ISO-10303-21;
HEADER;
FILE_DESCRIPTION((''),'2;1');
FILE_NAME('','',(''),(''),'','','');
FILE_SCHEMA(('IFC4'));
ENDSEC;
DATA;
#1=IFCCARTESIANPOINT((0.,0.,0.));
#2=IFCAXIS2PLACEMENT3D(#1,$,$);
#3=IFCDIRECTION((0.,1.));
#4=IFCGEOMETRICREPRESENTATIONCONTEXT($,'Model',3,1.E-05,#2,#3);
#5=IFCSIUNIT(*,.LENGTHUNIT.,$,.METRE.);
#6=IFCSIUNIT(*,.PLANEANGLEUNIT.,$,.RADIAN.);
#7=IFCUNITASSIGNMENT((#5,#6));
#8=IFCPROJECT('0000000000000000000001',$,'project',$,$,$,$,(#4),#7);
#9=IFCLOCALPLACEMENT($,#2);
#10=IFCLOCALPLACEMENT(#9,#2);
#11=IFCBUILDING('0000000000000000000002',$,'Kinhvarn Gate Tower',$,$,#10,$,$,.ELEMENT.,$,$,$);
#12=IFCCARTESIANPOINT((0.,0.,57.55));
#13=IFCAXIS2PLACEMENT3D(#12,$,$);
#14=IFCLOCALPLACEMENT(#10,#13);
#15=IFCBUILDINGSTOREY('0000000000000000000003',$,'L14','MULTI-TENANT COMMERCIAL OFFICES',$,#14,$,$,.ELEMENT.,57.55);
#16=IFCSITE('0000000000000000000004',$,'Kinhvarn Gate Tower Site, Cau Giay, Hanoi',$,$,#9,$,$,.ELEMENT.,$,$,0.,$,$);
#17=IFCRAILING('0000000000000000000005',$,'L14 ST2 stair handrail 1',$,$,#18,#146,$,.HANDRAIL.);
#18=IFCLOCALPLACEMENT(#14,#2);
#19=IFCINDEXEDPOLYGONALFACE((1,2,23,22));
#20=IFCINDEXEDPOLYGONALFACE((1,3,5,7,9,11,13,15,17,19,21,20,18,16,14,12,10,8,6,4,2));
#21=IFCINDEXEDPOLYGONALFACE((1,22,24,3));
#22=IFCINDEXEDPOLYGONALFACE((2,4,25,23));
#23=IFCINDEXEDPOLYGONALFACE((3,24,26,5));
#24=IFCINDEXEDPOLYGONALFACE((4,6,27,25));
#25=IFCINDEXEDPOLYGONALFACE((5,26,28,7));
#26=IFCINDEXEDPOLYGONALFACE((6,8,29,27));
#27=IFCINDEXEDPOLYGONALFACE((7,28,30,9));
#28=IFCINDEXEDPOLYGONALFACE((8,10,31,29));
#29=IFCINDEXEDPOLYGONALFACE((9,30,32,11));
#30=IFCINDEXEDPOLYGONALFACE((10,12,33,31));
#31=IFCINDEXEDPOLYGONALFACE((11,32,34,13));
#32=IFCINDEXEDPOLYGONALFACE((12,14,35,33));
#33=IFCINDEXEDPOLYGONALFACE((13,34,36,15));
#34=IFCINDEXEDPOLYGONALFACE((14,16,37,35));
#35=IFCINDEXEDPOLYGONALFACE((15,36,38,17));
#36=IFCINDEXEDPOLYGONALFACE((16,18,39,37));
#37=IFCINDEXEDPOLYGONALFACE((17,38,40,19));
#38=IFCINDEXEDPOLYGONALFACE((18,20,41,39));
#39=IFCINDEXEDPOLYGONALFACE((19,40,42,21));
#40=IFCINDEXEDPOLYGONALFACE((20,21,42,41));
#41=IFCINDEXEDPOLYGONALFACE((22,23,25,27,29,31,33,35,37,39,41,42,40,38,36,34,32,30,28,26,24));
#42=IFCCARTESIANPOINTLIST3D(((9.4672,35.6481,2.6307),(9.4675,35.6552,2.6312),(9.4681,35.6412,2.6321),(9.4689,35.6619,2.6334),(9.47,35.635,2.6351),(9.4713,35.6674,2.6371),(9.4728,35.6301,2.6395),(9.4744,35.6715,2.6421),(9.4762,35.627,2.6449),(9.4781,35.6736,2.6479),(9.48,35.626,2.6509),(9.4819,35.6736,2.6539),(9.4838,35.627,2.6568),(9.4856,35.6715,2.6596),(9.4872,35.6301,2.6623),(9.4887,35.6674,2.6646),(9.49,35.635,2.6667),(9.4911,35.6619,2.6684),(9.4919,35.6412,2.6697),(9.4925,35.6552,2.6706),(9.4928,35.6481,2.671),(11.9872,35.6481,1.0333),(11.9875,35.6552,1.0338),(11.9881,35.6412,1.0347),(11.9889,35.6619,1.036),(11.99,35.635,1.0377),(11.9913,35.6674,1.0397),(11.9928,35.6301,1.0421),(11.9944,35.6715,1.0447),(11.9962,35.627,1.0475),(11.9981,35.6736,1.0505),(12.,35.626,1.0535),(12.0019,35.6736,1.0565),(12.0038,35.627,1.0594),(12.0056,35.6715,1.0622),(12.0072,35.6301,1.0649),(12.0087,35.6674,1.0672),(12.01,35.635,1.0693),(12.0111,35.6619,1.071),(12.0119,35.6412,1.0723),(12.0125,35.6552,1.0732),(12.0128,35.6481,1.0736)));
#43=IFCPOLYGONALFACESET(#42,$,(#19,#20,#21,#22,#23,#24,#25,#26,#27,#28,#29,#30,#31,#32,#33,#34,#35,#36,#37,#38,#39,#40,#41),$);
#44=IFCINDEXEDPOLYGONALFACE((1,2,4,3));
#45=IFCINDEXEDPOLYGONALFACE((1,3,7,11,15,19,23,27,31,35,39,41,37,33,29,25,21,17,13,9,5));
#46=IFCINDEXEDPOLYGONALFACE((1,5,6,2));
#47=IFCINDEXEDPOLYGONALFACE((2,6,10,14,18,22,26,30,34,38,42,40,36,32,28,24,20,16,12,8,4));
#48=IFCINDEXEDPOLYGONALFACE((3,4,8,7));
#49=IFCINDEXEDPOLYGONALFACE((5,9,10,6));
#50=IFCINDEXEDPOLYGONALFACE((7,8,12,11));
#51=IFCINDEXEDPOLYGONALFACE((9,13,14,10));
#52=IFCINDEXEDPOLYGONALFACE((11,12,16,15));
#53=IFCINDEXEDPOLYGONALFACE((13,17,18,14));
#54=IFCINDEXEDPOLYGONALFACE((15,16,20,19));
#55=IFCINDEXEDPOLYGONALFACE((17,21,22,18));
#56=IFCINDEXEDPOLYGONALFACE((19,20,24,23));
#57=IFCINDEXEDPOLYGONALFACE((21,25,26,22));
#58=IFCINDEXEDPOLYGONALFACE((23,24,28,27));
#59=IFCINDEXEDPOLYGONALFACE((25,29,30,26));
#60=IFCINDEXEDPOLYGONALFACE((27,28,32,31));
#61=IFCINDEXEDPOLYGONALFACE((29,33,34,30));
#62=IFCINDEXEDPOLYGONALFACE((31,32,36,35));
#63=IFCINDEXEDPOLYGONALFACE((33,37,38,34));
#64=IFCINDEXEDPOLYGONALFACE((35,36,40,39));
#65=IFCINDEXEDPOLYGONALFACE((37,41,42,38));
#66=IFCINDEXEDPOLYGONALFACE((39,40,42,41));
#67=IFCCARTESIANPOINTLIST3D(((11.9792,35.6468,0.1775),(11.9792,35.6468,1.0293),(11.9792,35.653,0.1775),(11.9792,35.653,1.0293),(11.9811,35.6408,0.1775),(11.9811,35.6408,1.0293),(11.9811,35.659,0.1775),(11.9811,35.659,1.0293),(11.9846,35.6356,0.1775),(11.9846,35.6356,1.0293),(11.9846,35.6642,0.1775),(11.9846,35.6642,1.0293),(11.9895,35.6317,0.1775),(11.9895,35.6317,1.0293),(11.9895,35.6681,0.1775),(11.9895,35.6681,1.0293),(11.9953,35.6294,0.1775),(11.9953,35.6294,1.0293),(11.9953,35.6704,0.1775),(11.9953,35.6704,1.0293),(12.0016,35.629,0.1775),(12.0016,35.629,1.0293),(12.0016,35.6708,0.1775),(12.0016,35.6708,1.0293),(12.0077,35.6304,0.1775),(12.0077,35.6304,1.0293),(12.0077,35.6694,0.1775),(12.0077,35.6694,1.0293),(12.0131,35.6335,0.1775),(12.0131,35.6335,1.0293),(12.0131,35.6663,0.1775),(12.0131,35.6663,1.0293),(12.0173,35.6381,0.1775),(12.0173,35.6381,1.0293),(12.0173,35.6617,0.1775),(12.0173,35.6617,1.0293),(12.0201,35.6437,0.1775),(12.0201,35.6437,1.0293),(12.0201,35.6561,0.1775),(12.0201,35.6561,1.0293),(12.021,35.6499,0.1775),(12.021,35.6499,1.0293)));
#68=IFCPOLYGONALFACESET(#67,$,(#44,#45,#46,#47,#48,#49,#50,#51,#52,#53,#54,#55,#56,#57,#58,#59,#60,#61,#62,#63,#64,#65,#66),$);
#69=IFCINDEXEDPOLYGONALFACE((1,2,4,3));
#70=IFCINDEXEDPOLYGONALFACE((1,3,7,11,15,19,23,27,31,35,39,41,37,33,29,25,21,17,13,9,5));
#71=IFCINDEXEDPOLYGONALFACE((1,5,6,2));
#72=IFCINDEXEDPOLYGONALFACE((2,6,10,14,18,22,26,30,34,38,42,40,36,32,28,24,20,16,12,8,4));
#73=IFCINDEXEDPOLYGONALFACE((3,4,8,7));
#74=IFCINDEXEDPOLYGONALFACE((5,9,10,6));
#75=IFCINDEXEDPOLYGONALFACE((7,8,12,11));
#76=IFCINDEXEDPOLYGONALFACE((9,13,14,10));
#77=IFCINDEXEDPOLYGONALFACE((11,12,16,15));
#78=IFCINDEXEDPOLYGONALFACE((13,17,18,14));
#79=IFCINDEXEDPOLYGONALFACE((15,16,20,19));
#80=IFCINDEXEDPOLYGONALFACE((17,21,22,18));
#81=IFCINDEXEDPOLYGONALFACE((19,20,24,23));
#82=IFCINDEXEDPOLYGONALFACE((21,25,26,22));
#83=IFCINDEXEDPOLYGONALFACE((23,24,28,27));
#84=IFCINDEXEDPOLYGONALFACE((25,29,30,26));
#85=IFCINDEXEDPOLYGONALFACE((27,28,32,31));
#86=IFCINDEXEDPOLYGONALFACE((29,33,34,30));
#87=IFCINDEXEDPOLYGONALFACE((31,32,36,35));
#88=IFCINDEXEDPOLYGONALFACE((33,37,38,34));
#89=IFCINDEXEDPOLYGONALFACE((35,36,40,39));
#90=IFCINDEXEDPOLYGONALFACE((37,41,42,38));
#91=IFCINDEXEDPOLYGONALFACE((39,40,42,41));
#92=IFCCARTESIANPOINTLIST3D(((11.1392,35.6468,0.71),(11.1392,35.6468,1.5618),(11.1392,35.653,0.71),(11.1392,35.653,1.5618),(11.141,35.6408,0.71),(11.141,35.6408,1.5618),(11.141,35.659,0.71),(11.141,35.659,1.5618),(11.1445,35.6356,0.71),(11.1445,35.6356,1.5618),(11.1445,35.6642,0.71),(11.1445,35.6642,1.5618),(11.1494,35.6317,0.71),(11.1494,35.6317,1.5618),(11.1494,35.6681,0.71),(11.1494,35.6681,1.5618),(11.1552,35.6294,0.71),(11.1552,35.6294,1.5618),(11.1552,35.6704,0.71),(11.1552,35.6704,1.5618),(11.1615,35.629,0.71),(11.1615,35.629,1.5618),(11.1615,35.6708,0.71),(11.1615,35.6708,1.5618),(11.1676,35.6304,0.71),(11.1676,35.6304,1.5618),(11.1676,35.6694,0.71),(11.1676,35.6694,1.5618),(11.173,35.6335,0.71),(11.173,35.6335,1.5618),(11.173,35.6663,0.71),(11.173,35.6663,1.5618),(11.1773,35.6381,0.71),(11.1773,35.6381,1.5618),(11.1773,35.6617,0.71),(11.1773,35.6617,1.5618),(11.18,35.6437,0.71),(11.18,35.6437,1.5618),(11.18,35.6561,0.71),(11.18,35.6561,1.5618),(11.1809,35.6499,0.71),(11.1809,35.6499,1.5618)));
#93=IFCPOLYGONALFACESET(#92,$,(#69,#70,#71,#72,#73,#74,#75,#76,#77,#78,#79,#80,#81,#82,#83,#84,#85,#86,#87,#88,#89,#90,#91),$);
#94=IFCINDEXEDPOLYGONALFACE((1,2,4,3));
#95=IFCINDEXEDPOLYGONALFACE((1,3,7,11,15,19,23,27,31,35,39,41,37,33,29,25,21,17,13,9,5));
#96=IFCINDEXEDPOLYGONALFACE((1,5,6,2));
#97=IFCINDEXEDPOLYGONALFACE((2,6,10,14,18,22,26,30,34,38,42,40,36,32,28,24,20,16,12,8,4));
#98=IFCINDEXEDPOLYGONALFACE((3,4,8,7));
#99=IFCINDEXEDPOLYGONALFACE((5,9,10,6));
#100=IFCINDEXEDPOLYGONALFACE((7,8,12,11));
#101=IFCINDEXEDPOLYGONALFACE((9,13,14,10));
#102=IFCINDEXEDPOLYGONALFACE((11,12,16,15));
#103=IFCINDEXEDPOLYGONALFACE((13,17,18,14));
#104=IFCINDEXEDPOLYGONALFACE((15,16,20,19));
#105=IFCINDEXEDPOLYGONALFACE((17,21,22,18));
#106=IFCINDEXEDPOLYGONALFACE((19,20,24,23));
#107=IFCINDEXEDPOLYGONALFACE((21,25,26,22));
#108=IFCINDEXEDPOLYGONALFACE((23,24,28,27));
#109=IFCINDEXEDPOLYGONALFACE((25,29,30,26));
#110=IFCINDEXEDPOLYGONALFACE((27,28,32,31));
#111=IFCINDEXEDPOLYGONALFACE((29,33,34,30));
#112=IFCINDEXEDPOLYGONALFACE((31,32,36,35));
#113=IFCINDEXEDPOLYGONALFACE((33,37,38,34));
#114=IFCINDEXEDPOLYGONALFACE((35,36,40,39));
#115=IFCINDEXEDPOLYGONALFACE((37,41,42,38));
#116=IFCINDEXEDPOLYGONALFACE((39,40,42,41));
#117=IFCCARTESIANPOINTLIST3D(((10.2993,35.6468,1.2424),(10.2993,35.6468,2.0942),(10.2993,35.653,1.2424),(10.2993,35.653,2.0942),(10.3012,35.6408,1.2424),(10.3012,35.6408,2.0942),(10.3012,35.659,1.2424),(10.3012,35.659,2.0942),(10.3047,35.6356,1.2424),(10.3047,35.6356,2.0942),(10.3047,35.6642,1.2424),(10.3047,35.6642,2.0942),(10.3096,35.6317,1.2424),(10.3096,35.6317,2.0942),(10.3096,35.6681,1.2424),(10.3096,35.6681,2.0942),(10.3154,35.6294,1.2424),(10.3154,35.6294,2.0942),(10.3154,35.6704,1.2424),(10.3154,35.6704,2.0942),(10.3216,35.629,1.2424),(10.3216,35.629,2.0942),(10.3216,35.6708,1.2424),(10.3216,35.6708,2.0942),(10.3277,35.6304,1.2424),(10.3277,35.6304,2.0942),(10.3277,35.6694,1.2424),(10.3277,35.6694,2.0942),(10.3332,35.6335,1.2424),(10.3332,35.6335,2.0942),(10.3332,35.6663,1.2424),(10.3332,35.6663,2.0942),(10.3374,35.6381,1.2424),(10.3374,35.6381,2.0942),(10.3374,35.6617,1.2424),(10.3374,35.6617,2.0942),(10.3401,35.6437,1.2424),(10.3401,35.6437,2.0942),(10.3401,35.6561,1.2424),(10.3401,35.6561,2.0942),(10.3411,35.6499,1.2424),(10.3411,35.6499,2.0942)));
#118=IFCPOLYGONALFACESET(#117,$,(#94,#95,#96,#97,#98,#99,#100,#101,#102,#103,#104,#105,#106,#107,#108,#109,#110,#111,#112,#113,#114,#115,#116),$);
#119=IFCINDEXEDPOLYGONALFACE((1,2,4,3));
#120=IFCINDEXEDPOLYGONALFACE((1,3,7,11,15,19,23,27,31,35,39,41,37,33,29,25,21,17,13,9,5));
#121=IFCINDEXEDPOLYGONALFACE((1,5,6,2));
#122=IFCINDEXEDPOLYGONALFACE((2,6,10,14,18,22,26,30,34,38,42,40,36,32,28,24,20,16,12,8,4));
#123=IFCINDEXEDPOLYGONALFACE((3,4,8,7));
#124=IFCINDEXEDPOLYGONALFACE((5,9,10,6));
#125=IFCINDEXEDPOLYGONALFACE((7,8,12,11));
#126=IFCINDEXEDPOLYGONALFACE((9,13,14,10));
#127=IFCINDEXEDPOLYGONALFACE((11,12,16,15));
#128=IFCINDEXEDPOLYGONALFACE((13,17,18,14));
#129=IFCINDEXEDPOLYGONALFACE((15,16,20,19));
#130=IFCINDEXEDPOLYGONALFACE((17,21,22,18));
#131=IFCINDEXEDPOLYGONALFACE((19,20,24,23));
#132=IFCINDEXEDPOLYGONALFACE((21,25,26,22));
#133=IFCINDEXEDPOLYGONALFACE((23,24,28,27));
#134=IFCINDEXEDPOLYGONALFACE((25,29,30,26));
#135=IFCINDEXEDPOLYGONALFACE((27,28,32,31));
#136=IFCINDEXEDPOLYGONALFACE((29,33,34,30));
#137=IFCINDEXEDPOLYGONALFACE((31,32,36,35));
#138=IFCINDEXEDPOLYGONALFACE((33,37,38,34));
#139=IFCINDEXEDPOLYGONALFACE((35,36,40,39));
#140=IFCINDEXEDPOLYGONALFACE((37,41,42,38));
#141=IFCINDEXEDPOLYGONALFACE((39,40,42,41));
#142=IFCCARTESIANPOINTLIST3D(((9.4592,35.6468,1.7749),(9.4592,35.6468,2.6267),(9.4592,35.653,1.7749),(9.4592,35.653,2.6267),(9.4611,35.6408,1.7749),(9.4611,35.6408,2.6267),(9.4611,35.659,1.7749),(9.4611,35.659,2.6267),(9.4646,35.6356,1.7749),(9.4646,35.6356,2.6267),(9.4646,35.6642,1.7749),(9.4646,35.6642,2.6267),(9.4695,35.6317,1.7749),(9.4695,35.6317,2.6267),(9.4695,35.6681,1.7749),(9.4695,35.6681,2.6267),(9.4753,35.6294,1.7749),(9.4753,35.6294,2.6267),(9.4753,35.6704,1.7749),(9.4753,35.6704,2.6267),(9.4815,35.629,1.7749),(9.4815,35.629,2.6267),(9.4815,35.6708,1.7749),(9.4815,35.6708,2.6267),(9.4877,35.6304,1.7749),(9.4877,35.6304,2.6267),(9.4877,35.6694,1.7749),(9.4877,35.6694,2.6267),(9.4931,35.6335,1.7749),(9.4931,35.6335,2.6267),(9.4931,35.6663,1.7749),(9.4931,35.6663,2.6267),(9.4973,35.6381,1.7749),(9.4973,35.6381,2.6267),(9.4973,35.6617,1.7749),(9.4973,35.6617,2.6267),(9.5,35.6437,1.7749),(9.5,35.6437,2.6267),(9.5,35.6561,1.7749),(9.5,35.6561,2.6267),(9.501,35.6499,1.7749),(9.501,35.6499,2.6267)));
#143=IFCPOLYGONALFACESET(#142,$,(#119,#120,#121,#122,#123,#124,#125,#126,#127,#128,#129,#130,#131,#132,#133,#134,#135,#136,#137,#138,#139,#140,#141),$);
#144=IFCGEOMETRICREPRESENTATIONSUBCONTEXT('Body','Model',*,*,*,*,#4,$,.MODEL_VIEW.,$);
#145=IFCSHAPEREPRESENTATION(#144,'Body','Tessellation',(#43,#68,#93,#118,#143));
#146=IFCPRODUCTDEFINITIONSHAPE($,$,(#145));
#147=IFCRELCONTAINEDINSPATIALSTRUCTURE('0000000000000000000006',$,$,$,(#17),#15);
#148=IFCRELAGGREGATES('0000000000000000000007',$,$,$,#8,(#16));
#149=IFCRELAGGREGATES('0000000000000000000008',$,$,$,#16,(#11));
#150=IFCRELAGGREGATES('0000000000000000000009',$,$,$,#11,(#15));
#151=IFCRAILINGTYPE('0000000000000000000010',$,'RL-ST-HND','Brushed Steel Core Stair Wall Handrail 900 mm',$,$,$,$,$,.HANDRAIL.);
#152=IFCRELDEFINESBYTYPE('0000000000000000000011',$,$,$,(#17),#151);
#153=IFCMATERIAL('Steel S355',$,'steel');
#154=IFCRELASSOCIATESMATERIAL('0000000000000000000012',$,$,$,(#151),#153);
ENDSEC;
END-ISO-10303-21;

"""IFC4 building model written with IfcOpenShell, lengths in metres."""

from ifc_helpers import new_model, si_unit, direction, frame, origin, origin_2d, place, context, subcontext, project, spatial, circle, extrude, material, type_object, element, save


model = new_model("IFC4")

# Units and contexts
model_context = context("Model", 3, precision=1e-05, world=origin(), true_north=direction((0.0, 1.0)))
body_context = subcontext(model_context, "Body", "Model", "MODEL_VIEW")
ifc_project = project(units=[si_unit("LENGTHUNIT", "METRE"), si_unit("PLANEANGLEUNIT", "RADIAN")], contexts=[model_context])

# Site, building, storey
site_placement = place(None, origin())
site = spatial("IfcSite", under=ifc_project, at=site_placement, Name="Kinhvarn Gate Tower Site, Cau Giay, Hanoi", CompositionType="ELEMENT", RefElevation=0.0)
building_placement = place(site_placement, origin())
building = spatial("IfcBuilding", under=site, at=building_placement, Name="Kinhvarn Gate Tower", CompositionType="ELEMENT")
storey_placement = place(building_placement, frame((0.0, 0.0, 57.55)))
storey = spatial("IfcBuildingStorey", under=building, at=storey_placement, Name="L14", Description="MULTI-TENANT COMMERCIAL OFFICES", CompositionType="ELEMENT", Elevation=57.55)

# Railing
ifc_material_1 = material(Name="Steel S355", Category="steel")
railing_type_1 = type_object("IfcRailingType", Name="RL-ST-HND", Description="Brushed Steel Core Stair Wall Handrail 900 mm", PredefinedType="HANDRAIL", material=ifc_material_1)
railing_1_placement = place(storey_placement, frame((12.0, 35.6499, 0.1775)))
element("IfcRailing", 1, at=railing_1_placement, inside=storey, type_object=railing_type_1, Name="L14 ST2 stair handrail 1", PredefinedType="HANDRAIL", context=body_context, shape_type="SweptSolid", body=[
    extrude(circle(Radius=0.0239, at=origin_2d()), frame((0.0, 0.0, 0.876), z_axis=(-0.844607, 0.0, 0.535387), x_axis=(0.0, -1.0, 0.0)), (0.0, 0.0, 1.0), 2.9836),
    extrude(circle(Radius=0.021, at=origin_2d()), origin(), (0.0, 0.0, 1.0), 0.8518),
    extrude(circle(Radius=0.021, at=origin_2d()), frame((-0.8401, 0.0, 0.5325)), (0.0, 0.0, 1.0), 0.8518),
    extrude(circle(Radius=0.021, at=origin_2d()), frame((-1.6799, 0.0, 1.0649)), (0.0, 0.0, 1.0), 0.8518),
    extrude(circle(Radius=0.021, at=origin_2d()), frame((-2.52, 0.0, 1.5974)), (0.0, 0.0, 1.0), 0.8518),
])

save(model, "model.ifc")
